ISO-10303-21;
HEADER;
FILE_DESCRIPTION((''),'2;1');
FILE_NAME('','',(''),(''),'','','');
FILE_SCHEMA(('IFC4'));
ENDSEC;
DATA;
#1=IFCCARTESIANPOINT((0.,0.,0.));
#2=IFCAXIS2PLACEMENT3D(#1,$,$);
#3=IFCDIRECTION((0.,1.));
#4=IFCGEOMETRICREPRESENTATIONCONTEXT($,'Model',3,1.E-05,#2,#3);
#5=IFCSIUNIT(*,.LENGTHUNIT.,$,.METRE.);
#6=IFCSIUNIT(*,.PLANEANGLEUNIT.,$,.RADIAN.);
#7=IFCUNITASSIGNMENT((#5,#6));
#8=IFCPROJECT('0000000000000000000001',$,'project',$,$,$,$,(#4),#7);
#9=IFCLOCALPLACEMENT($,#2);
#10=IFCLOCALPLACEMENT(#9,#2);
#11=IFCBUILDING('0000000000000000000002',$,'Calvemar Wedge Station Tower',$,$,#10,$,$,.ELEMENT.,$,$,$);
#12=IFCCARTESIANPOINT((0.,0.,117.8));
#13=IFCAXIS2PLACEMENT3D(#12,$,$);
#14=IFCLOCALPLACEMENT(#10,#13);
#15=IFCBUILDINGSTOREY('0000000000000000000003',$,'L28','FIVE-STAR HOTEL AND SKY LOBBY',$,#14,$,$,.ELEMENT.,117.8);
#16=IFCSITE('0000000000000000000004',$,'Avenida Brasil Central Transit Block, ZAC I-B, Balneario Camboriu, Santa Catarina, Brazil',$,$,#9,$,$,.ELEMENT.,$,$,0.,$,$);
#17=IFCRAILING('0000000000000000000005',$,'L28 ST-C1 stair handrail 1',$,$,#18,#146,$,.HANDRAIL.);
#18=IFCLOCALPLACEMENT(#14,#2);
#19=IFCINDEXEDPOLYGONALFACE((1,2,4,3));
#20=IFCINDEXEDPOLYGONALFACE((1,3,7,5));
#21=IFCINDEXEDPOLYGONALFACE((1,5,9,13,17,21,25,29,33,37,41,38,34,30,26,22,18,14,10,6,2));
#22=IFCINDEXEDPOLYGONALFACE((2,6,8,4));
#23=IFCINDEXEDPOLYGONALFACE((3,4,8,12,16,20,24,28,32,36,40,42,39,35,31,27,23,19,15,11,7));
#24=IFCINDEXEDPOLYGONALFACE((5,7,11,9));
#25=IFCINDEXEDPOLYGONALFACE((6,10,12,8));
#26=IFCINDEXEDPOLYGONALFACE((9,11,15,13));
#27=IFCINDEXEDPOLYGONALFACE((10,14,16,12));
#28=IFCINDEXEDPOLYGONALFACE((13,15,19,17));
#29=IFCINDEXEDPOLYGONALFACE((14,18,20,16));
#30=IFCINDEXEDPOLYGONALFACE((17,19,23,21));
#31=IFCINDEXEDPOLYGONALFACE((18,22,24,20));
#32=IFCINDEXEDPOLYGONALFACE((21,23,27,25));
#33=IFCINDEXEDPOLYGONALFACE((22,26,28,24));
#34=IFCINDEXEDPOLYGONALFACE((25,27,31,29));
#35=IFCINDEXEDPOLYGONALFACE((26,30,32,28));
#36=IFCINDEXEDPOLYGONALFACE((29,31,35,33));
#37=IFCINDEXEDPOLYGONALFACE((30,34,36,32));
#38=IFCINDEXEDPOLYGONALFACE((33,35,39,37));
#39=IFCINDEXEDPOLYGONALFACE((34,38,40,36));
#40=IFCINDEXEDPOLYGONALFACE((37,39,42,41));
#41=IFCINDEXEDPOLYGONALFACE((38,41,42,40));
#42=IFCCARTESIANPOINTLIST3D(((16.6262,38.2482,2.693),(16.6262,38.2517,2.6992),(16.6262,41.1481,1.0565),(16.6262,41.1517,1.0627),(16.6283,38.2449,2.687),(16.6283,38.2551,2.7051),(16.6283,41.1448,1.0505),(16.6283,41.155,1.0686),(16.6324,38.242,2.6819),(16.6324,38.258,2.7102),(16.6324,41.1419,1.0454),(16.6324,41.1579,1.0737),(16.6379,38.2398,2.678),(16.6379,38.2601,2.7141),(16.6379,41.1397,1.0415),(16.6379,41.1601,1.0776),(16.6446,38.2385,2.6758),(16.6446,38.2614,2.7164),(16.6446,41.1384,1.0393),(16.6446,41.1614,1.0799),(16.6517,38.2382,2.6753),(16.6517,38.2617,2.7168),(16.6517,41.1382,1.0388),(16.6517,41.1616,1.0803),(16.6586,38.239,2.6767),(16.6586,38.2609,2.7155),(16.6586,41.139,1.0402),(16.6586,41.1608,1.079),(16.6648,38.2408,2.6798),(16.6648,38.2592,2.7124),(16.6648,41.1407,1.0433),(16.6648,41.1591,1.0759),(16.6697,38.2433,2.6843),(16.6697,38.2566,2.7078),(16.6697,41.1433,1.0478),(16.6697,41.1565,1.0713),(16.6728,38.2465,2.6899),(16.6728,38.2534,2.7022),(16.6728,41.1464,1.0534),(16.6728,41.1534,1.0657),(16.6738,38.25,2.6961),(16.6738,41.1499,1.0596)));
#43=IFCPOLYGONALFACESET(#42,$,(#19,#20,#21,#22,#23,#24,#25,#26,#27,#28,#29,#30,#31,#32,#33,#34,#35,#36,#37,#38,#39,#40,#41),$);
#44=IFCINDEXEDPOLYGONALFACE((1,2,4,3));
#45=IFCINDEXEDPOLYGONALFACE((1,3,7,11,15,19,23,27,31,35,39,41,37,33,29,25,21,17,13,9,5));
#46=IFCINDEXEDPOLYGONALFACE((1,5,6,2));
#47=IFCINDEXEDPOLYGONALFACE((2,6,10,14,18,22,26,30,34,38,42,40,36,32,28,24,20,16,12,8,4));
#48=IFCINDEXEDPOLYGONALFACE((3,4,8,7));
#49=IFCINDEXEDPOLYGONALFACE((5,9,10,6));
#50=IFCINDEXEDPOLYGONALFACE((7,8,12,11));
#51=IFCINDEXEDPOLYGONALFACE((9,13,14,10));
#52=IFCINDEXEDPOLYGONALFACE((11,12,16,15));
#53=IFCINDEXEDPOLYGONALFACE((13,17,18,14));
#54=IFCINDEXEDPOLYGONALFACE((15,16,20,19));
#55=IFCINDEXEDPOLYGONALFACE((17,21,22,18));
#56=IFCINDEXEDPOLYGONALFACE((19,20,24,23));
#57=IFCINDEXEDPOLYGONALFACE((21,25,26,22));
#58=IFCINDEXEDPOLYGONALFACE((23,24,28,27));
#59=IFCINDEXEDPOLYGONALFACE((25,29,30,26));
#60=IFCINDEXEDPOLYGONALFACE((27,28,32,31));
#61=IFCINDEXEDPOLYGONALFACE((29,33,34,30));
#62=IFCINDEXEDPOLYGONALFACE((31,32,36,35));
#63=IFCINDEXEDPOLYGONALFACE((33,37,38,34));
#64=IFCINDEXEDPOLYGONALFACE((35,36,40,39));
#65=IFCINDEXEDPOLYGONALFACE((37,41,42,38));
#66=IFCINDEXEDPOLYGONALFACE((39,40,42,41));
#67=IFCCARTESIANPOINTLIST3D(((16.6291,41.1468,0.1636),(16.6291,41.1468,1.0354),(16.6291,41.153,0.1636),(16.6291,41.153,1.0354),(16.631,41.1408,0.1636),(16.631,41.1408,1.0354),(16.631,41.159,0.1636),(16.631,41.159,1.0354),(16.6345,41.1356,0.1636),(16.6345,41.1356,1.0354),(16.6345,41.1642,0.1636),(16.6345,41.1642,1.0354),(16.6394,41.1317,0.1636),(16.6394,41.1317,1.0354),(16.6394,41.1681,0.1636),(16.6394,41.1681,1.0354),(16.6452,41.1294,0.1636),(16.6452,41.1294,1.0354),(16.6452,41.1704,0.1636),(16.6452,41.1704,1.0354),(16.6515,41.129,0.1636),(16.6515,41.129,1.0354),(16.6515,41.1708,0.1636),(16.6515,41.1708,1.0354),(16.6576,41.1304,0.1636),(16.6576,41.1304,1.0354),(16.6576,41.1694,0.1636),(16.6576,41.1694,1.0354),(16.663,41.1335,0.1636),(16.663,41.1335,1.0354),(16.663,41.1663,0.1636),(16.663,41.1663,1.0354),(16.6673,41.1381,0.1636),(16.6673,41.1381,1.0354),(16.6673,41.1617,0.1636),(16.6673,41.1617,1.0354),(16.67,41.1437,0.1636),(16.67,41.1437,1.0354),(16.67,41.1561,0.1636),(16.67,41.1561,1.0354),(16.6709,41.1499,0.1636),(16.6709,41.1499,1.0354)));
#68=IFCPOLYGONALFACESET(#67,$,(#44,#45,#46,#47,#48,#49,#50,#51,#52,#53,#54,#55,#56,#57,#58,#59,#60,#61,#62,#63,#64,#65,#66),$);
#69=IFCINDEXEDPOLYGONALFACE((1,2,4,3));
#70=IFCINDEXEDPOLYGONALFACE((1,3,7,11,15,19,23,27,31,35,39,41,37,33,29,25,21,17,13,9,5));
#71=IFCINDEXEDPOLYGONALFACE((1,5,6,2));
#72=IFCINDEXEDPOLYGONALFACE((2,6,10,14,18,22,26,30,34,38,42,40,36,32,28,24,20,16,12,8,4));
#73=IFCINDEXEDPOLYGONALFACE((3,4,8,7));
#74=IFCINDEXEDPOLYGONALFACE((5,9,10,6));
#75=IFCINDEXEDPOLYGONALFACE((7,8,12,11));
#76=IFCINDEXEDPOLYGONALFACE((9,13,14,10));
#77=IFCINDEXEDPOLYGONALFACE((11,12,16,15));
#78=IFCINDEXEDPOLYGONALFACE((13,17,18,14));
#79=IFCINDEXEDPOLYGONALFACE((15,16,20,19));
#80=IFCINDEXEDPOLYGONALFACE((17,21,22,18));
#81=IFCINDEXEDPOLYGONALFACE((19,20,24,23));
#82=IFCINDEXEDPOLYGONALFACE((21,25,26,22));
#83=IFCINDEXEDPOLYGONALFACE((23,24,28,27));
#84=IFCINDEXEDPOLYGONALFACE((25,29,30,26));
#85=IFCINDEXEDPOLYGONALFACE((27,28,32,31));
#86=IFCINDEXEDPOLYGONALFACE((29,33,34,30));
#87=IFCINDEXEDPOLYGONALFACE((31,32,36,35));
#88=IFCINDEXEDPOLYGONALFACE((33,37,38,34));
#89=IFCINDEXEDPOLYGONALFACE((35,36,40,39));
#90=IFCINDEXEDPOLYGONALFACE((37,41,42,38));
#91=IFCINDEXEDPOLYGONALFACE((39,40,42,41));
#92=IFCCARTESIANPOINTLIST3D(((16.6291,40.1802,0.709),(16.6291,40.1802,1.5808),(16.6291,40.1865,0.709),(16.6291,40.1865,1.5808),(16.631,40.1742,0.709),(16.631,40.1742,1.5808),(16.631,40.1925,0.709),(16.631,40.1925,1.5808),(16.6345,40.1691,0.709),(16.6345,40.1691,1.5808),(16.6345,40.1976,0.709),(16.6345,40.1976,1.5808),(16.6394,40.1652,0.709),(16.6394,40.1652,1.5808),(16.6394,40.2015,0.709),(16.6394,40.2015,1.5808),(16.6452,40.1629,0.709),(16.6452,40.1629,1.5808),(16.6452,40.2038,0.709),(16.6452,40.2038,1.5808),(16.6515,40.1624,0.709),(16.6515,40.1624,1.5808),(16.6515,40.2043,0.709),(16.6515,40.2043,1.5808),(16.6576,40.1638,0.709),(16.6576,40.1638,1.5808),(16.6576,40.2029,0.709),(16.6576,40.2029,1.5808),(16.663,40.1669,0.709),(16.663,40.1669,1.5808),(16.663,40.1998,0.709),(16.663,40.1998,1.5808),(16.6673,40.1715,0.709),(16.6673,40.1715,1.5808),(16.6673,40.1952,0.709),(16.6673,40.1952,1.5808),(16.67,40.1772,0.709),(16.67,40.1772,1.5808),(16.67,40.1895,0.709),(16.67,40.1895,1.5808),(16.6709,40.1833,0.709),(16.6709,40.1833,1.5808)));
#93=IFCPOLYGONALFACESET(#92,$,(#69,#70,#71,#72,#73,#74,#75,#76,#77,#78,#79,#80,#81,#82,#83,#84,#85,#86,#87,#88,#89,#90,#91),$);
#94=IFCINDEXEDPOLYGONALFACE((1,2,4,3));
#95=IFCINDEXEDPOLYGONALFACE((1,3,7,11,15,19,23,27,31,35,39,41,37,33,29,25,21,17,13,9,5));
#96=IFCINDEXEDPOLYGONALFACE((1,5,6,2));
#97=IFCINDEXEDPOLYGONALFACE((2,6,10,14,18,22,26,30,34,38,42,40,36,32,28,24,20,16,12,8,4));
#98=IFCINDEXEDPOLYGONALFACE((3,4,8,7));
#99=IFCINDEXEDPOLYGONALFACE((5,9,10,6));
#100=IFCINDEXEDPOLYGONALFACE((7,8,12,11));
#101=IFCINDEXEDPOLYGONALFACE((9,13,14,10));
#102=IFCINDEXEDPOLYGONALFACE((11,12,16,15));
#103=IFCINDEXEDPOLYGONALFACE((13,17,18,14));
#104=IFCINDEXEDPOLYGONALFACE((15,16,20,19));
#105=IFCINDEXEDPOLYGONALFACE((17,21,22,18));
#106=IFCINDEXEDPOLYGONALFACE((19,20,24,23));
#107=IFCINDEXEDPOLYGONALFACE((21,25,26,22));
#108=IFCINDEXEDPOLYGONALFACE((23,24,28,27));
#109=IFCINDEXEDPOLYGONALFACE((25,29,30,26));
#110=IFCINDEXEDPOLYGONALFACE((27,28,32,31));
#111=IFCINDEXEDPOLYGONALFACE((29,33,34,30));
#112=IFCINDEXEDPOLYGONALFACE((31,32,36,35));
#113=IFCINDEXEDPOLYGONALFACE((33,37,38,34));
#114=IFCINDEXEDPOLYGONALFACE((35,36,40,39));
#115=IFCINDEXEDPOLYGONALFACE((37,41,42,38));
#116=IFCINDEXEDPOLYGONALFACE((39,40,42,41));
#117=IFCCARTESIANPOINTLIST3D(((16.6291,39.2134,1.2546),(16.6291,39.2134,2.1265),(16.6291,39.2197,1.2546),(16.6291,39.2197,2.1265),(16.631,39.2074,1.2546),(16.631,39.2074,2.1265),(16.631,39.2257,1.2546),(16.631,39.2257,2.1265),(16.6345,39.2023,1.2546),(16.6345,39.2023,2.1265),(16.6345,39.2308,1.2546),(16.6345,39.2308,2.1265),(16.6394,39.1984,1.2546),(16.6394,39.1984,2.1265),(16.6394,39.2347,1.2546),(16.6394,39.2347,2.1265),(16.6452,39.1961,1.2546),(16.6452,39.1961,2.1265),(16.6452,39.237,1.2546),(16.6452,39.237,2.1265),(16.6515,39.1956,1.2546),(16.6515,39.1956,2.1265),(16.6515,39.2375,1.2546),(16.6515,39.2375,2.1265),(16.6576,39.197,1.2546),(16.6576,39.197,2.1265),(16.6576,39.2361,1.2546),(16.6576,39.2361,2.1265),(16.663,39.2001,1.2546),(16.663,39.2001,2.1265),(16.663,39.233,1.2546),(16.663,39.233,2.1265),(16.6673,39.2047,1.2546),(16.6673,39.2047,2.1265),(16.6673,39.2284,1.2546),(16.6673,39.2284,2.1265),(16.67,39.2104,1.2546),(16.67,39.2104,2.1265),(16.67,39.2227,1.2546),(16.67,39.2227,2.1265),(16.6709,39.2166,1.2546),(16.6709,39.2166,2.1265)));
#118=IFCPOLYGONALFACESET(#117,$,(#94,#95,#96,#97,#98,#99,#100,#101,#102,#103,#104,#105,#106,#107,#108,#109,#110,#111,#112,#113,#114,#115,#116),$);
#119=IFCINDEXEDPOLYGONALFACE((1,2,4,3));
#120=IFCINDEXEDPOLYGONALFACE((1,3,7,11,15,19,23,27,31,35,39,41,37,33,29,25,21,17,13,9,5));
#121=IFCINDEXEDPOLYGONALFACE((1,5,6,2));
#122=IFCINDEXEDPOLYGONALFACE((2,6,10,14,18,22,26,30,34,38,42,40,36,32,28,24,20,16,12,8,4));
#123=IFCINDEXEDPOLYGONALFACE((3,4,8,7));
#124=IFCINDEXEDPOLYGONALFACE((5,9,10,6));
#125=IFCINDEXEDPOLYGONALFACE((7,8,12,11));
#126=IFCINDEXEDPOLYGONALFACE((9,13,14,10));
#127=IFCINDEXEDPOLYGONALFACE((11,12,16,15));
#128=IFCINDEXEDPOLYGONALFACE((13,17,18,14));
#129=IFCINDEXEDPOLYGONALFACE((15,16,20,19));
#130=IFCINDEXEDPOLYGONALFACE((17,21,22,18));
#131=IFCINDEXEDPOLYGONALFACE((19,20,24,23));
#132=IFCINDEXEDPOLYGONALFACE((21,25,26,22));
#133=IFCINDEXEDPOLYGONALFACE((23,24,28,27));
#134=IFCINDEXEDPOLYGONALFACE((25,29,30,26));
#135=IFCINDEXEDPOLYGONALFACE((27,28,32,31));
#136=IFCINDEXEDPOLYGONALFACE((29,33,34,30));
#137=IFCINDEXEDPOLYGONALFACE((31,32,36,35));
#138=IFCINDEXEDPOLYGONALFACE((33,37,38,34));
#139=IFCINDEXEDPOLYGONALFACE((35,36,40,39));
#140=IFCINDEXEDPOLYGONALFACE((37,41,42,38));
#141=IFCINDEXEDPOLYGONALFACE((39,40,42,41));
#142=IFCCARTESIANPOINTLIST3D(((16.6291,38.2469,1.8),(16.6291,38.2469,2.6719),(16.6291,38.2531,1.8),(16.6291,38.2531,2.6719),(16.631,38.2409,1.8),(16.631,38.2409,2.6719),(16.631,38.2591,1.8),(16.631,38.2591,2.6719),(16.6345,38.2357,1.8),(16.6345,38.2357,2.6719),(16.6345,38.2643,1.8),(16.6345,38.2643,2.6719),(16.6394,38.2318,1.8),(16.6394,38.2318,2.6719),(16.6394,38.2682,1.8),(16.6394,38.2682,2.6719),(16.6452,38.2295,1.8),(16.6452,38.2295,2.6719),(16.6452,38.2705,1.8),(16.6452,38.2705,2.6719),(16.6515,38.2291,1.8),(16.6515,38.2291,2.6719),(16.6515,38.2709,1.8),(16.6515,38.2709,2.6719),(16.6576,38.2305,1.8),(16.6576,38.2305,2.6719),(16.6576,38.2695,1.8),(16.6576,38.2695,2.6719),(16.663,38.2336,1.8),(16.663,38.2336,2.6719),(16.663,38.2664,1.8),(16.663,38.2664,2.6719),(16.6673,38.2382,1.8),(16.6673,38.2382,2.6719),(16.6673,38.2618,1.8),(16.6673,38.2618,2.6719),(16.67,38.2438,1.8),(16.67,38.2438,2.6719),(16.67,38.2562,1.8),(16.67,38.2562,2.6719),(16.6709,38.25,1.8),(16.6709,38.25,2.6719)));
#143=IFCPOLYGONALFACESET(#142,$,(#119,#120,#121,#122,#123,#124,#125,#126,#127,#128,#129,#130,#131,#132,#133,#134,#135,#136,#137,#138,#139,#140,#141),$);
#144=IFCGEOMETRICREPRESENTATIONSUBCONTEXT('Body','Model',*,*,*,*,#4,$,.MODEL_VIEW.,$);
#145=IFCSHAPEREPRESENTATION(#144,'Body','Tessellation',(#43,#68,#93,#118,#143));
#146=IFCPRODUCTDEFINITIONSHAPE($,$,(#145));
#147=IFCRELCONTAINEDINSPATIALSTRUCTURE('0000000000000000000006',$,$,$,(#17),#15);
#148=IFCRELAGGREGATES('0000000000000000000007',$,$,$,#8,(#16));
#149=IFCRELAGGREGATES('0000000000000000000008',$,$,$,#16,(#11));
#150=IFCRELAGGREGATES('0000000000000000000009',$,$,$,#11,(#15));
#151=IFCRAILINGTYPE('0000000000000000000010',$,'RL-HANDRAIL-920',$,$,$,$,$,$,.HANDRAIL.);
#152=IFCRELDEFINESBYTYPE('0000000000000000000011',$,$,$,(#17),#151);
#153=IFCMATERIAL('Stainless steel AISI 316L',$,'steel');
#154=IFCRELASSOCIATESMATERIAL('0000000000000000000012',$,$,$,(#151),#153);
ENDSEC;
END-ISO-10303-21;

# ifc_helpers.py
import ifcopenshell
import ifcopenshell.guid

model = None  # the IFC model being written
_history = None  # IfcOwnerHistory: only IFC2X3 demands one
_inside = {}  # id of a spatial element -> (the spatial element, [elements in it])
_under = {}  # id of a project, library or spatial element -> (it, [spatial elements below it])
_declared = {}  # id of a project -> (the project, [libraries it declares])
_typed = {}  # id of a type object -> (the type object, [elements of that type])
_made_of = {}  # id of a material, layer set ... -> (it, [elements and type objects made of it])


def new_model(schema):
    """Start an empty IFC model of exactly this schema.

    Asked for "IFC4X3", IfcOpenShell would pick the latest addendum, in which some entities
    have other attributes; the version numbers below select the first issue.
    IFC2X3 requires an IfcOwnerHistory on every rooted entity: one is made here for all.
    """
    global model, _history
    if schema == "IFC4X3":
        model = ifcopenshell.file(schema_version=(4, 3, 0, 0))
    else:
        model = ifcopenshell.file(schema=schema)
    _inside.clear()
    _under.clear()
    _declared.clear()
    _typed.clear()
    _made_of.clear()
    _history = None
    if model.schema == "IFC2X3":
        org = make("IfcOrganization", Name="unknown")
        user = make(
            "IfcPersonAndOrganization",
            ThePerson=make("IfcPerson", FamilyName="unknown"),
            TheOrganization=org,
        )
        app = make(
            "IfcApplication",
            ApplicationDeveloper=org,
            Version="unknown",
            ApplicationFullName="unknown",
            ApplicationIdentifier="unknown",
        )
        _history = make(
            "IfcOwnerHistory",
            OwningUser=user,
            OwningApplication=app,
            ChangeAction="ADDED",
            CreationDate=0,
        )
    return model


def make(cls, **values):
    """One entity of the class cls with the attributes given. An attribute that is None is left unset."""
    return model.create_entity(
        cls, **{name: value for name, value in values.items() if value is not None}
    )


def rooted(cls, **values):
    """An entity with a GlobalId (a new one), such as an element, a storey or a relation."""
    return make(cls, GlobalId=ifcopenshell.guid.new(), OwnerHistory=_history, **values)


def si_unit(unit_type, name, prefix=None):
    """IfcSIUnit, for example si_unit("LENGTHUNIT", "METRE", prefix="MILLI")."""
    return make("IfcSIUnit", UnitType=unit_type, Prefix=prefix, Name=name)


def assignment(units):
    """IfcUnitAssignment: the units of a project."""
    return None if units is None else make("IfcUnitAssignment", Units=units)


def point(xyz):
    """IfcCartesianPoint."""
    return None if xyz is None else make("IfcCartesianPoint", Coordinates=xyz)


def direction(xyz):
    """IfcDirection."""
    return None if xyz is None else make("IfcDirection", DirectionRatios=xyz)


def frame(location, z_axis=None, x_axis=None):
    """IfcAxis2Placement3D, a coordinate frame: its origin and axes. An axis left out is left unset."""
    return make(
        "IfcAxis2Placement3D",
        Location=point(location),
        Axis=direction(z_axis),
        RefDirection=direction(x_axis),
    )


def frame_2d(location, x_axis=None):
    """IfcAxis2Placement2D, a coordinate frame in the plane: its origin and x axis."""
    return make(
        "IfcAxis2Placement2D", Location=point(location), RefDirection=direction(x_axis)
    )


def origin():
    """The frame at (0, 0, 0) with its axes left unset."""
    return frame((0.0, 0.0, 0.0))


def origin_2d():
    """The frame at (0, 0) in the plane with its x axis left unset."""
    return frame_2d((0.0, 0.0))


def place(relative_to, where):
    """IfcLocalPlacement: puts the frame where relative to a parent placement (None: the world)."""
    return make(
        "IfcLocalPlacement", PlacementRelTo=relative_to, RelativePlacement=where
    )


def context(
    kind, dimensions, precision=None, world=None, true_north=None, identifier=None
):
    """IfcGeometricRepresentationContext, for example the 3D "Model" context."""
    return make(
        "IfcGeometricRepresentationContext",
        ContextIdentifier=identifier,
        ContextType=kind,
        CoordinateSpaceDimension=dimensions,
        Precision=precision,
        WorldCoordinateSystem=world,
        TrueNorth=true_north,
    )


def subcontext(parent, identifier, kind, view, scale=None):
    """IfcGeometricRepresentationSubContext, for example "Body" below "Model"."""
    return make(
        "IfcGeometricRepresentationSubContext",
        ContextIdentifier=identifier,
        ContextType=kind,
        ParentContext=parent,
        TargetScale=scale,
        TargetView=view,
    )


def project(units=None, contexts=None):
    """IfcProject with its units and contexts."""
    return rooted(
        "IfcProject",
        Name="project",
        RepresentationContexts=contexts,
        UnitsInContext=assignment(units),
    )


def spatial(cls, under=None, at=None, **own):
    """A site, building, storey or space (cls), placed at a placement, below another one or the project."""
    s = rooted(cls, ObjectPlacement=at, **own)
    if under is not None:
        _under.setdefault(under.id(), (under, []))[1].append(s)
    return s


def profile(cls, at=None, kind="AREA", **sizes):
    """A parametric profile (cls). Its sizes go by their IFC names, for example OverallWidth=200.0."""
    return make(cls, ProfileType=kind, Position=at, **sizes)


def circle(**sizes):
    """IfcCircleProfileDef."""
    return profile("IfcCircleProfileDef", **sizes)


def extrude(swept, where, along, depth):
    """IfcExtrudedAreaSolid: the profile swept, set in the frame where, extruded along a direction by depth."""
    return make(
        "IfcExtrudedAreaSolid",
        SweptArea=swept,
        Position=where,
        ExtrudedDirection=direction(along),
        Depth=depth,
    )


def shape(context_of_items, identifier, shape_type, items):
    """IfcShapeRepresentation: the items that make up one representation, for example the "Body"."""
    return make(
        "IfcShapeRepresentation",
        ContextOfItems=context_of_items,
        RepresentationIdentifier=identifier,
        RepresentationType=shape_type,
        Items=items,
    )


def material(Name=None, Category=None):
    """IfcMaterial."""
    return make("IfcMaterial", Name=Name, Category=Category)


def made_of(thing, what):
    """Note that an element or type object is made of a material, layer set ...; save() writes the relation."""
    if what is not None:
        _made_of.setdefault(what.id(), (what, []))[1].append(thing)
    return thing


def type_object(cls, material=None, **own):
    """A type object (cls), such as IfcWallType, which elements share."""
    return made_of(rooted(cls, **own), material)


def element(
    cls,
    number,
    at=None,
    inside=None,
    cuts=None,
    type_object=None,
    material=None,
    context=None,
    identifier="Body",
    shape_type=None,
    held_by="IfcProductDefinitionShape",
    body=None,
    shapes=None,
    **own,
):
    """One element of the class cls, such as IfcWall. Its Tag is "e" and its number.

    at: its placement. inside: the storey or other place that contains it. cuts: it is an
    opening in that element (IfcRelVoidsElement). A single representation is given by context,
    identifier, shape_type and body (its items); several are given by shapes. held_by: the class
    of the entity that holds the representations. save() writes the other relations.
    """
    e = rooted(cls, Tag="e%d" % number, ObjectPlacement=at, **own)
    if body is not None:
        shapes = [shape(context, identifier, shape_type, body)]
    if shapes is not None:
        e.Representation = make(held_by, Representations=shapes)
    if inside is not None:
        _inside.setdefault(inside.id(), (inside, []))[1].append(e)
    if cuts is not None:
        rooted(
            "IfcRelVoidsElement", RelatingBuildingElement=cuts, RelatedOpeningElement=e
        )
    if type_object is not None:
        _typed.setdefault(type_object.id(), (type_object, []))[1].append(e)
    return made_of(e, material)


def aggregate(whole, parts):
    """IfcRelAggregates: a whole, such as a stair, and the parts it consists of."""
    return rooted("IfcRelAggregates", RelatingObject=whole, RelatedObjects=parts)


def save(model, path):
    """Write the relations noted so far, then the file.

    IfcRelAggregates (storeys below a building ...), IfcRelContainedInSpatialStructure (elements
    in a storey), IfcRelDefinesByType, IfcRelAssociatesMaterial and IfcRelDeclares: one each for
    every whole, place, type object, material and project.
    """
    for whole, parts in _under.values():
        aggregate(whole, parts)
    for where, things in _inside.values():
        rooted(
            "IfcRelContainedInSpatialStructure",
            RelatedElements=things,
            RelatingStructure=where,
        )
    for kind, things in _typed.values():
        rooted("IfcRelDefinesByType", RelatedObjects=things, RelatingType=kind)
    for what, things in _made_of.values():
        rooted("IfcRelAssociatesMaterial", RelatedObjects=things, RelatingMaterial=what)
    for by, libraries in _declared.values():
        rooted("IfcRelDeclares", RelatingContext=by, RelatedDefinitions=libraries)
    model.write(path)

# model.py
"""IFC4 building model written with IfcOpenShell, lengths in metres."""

from ifc_helpers import new_model, si_unit, direction, frame, origin, origin_2d, place, context, subcontext, project, spatial, circle, extrude, material, type_object, element, save


model = new_model("IFC4")

# Units and contexts
model_context = context("Model", 3, precision=1e-05, world=origin(), true_north=direction((0.0, 1.0)))
body_context = subcontext(model_context, "Body", "Model", "MODEL_VIEW")
ifc_project = project(units=[si_unit("LENGTHUNIT", "METRE"), si_unit("PLANEANGLEUNIT", "RADIAN")], contexts=[model_context])

# Site, building, storey
site_placement = place(None, origin())
site = spatial("IfcSite", under=ifc_project, at=site_placement, Name="Avenida Brasil Central Transit Block, ZAC I-B, Balneario Camboriu, Santa Catarina, Brazil", CompositionType="ELEMENT", RefElevation=0.0)
building_placement = place(site_placement, origin())
building = spatial("IfcBuilding", under=site, at=building_placement, Name="Calvemar Wedge Station Tower", CompositionType="ELEMENT")
storey_placement = place(building_placement, frame((0.0, 0.0, 117.8)))
storey = spatial("IfcBuildingStorey", under=building, at=storey_placement, Name="L28", Description="FIVE-STAR HOTEL AND SKY LOBBY", CompositionType="ELEMENT", Elevation=117.8)

# Railing
ifc_material_1 = material(Name="Stainless steel AISI 316L", Category="steel")
railing_type_1 = type_object("IfcRailingType", Name="RL-HANDRAIL-920", PredefinedType="HANDRAIL", material=ifc_material_1)
railing_1_placement = place(storey_placement, frame((16.6499, 41.1499, 0.1636)))
element("IfcRailing", 1, at=railing_1_placement, inside=storey, type_object=railing_type_1, Name="L28 ST-C1 stair handrail 1", PredefinedType="HANDRAIL", context=body_context, shape_type="SweptSolid", body=[
    extrude(circle(Radius=0.0239, at=origin_2d()), frame((0.0, 0.0, 0.896), z_axis=(0.0, -0.870897, 0.491465), x_axis=(1.0, 0.0, 0.0)), (0.0, 0.0, 1.0), 3.3298),
    extrude(circle(Radius=0.021, at=origin_2d()), origin(), (0.0, 0.0, 1.0), 0.8718),
    extrude(circle(Radius=0.021, at=origin_2d()), frame((0.0, -0.9666, 0.5454)), (0.0, 0.0, 1.0), 0.8718),
    extrude(circle(Radius=0.021, at=origin_2d()), frame((0.0, -1.9333, 1.0911)), (0.0, 0.0, 1.0), 0.8718),
    extrude(circle(Radius=0.021, at=origin_2d()), frame((0.0, -2.8999, 1.6365)), (0.0, 0.0, 1.0), 0.8718),
])

save(model, "model.ifc")
